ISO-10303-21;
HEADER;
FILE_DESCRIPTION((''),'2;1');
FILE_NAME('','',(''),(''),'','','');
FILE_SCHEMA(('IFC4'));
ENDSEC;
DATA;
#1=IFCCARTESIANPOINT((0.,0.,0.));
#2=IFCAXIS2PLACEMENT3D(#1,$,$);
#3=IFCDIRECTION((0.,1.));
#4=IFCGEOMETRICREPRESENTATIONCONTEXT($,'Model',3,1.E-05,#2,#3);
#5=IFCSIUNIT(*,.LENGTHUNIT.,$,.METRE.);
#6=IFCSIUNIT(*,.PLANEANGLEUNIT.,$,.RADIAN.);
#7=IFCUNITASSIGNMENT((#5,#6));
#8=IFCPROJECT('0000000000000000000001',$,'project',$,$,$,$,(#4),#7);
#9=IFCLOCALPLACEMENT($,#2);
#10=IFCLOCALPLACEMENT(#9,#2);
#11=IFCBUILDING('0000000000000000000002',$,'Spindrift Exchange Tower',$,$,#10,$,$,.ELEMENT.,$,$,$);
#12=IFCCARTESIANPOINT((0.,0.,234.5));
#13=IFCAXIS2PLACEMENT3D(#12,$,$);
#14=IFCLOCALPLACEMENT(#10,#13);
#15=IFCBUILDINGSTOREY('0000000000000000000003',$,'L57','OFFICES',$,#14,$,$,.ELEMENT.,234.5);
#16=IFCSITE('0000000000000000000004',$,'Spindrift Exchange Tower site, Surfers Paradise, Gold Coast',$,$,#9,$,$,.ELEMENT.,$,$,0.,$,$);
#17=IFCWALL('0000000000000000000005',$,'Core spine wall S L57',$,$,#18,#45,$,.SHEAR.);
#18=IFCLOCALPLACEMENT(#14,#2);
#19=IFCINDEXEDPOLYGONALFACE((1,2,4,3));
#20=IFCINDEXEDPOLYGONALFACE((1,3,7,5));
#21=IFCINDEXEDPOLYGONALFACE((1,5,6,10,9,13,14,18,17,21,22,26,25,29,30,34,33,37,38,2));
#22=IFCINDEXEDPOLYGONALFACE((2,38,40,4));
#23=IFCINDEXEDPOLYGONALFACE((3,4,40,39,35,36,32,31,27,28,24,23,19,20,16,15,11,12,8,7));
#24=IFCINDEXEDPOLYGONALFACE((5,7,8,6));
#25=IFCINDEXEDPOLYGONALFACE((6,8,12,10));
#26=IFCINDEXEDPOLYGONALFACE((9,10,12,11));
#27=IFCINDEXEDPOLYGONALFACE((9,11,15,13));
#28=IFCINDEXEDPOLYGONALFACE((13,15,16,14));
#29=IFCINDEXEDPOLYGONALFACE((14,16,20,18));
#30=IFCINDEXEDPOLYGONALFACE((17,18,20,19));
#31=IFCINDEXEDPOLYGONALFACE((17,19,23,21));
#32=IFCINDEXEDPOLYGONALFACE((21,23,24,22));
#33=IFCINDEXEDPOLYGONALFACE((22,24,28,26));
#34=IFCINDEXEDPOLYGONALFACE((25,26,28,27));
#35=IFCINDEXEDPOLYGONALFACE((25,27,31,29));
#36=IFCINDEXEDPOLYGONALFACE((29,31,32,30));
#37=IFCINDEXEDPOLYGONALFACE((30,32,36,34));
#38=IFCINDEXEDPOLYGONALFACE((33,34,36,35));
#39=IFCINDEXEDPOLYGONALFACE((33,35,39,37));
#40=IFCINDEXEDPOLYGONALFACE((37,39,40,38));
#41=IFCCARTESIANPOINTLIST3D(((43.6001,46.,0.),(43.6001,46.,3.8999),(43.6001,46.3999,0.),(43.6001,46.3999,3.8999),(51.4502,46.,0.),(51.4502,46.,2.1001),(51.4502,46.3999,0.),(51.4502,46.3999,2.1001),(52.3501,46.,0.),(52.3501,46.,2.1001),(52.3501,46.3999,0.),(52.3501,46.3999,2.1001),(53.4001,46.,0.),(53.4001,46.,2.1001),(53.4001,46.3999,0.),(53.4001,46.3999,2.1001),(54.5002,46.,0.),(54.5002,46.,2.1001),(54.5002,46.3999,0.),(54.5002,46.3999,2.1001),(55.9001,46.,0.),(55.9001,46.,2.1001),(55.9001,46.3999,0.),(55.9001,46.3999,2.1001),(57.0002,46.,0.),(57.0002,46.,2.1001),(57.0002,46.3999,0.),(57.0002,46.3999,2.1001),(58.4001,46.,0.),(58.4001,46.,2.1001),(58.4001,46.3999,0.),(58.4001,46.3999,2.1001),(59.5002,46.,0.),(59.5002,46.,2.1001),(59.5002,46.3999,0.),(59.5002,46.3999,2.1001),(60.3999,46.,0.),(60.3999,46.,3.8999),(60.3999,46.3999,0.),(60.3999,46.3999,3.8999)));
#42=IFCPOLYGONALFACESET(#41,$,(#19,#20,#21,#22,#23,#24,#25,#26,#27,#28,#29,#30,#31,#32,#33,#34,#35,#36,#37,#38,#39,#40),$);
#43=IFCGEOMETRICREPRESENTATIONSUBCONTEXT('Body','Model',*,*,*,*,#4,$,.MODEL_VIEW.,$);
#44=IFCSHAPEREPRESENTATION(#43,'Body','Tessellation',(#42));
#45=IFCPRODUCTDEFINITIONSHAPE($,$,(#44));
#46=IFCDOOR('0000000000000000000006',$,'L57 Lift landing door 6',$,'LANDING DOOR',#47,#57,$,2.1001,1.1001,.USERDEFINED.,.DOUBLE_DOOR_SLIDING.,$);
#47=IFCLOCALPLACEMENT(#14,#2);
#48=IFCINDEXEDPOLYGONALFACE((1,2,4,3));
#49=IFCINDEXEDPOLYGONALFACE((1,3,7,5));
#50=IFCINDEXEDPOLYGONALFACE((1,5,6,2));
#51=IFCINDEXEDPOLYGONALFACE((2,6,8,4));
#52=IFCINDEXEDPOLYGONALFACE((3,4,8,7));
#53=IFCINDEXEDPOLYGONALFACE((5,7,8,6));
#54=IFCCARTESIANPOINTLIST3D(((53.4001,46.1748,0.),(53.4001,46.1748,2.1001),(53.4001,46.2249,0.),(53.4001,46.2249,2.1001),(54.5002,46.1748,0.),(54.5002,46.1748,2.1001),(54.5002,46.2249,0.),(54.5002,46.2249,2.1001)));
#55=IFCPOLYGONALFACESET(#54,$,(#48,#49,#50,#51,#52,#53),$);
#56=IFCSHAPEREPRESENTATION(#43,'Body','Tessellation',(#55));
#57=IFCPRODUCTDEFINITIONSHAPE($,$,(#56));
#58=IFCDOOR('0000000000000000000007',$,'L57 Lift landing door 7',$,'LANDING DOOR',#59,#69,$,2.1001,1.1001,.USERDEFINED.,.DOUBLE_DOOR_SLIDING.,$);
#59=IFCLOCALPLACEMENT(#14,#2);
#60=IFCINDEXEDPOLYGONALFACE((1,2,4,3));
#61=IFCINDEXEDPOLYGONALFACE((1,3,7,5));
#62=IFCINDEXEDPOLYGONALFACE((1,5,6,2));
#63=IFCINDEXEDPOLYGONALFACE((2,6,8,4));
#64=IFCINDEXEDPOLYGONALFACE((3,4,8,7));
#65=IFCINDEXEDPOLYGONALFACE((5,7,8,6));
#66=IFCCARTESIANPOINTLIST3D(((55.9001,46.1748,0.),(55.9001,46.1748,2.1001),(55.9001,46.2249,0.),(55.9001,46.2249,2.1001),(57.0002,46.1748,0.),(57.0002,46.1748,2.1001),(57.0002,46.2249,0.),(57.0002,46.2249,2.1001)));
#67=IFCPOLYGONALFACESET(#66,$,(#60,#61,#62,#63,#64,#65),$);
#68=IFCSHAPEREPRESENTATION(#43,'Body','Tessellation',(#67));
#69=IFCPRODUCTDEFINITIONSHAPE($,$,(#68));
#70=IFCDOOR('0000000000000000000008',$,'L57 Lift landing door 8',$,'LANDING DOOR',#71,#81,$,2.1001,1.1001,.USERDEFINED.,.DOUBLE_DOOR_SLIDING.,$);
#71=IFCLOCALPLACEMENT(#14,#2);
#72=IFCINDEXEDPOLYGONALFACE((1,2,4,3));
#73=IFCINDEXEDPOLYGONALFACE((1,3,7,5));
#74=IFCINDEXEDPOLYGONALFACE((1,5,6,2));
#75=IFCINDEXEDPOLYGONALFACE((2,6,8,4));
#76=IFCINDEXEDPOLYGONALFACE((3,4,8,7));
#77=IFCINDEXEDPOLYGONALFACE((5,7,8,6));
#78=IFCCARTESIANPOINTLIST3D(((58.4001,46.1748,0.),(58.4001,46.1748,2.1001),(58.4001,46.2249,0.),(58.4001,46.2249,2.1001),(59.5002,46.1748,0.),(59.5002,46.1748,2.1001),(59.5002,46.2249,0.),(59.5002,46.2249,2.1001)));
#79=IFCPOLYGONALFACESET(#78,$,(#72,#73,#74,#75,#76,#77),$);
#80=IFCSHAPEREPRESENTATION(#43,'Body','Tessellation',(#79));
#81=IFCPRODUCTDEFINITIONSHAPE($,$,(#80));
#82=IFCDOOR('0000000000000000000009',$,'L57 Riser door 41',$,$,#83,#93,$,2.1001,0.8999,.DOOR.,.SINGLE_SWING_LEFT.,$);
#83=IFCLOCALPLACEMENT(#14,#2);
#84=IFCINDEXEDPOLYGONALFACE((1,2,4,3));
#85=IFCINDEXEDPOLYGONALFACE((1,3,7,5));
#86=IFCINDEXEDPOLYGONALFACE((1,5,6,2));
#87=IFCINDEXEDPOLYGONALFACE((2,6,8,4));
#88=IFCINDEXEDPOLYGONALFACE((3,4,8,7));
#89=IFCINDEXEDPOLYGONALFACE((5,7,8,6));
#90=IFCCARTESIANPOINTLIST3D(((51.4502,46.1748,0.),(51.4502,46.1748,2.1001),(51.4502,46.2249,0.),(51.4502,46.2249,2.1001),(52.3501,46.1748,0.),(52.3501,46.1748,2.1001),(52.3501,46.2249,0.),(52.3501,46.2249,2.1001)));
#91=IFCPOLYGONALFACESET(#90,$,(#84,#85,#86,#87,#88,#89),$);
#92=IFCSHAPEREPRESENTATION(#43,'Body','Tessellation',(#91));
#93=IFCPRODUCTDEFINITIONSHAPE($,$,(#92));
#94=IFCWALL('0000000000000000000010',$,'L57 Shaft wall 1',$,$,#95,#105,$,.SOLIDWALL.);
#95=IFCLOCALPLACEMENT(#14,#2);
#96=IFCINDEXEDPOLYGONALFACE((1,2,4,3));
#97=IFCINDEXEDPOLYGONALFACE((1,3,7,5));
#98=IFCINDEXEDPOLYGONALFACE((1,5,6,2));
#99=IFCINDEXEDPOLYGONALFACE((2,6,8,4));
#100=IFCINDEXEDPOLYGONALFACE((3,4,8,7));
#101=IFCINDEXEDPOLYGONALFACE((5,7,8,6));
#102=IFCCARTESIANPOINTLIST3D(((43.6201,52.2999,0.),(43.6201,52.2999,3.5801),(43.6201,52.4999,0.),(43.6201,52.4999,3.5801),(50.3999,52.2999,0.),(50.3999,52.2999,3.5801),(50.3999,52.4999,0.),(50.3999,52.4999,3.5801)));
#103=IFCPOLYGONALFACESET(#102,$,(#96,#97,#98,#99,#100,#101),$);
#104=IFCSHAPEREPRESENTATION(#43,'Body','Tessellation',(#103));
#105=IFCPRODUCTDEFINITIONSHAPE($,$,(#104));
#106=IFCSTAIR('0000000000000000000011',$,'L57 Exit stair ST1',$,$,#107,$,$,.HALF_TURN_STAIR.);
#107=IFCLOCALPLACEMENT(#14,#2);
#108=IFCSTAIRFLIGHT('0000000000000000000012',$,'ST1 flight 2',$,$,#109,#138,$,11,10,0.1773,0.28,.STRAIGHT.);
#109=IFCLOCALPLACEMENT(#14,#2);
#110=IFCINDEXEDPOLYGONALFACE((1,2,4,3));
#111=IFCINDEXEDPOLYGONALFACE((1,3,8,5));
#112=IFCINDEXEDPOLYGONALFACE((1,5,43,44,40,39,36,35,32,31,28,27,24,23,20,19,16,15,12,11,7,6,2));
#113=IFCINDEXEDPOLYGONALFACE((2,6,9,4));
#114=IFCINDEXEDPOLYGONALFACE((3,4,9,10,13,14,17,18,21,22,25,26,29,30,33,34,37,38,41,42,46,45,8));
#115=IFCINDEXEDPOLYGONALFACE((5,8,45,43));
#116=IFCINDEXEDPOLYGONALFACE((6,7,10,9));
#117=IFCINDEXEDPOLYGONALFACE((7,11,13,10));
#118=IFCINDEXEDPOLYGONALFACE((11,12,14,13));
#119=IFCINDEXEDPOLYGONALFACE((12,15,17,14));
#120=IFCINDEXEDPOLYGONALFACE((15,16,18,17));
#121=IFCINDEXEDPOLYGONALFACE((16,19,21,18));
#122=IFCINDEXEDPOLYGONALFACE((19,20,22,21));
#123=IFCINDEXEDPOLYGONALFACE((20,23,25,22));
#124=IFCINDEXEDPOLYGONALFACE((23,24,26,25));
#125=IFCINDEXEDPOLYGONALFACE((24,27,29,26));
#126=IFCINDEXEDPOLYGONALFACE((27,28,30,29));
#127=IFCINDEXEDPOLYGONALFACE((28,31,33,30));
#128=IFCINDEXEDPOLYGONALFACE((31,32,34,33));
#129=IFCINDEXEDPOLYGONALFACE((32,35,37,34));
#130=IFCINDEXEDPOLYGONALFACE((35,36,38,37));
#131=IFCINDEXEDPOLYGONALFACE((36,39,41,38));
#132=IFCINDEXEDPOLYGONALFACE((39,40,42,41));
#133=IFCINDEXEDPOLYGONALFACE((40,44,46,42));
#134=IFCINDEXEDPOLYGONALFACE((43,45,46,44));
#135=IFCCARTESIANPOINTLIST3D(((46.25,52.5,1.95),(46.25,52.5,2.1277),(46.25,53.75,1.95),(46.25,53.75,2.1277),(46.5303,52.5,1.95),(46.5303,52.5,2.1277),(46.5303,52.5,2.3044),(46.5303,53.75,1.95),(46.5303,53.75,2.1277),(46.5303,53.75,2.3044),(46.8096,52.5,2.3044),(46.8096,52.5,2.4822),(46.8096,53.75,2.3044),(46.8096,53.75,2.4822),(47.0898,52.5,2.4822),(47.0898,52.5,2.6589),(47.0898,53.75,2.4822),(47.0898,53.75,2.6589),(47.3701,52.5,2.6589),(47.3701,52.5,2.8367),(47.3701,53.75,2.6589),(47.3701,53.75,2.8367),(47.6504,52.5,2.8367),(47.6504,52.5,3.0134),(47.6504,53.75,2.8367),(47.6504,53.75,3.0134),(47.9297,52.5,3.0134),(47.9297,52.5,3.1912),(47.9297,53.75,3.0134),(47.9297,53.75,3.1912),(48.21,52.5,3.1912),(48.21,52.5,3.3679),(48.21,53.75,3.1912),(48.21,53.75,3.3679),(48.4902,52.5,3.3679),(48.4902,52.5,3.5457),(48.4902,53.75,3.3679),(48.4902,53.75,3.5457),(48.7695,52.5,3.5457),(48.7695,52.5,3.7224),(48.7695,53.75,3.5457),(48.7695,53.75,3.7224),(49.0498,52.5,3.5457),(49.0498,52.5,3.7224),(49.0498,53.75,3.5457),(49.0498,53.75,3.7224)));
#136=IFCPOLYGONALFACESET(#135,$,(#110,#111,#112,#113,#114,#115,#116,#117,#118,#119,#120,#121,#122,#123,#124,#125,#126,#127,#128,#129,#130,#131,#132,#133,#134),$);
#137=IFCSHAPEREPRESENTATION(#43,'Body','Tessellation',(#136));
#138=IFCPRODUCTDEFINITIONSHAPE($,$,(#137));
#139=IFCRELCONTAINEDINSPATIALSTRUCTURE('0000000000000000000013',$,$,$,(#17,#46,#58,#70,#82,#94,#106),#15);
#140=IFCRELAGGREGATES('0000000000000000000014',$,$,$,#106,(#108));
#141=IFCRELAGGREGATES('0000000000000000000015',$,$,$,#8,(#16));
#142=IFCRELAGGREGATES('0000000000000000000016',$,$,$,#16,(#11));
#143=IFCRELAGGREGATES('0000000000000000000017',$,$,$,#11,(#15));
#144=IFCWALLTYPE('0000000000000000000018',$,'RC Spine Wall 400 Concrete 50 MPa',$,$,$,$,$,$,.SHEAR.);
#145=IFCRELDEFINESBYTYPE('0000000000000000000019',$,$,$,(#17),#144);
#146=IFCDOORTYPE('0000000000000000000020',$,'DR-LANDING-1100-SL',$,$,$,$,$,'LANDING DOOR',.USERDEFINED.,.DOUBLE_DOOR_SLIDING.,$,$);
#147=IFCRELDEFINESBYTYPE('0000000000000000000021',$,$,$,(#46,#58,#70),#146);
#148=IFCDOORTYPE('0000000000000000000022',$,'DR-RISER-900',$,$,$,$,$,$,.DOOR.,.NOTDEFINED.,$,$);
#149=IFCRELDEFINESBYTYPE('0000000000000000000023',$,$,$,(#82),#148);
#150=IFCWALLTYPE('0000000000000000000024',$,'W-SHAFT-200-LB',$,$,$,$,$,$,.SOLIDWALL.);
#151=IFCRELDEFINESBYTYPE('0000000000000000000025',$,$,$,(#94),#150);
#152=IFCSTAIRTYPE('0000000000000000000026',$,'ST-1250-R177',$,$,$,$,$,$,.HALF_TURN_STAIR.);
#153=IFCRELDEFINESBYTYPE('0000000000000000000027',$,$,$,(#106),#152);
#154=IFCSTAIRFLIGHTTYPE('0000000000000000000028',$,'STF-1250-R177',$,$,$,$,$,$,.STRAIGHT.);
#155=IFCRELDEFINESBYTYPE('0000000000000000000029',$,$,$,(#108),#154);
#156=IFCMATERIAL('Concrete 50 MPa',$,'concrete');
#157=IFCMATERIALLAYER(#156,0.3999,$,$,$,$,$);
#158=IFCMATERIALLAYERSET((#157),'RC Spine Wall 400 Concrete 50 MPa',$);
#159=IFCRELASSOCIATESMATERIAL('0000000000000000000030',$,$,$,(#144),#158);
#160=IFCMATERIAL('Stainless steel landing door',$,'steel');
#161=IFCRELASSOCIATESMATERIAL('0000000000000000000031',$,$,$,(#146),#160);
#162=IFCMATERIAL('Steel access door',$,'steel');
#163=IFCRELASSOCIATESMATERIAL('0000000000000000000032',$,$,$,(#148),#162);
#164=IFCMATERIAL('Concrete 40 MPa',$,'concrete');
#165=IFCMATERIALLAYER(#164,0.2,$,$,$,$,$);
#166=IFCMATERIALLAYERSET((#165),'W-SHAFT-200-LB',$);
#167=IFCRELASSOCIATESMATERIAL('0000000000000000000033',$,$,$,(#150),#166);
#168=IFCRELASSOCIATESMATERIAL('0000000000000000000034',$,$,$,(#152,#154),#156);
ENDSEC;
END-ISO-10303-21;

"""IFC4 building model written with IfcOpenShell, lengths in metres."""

from ifc_helpers import new_model, si_unit, direction, frame, frame_2d, origin, place, context, subcontext, project, spatial, line, indexed_curve, rectangle, outline, extrude, source, transform, mapped, material, layer, layer_set, type_object, element, fill, aggregate, save


model = new_model("IFC4")

# Units and contexts
model_context = context("Model", 3, precision=1e-05, world=origin(), true_north=direction((0.0, 1.0)))
body_context = subcontext(model_context, "Body", "Model", "MODEL_VIEW")
ifc_project = project(units=[si_unit("LENGTHUNIT", "METRE"), si_unit("PLANEANGLEUNIT", "RADIAN")], contexts=[model_context])

# Site, building, storey
site_placement = place(None, origin())
site = spatial("IfcSite", under=ifc_project, at=site_placement, Name="Spindrift Exchange Tower site, Surfers Paradise, Gold Coast", CompositionType="ELEMENT", RefElevation=0.0)
building_placement = place(site_placement, origin())
building = spatial("IfcBuilding", under=site, at=building_placement, Name="Spindrift Exchange Tower", CompositionType="ELEMENT")
storey_placement = place(building_placement, frame((0.0, 0.0, 234.5)))
storey = spatial("IfcBuildingStorey", under=building, at=storey_placement, Name="L57", Description="OFFICES", CompositionType="ELEMENT", Elevation=234.5)

# Wall, openings, doors
ifc_material_1 = material(Name="Concrete 50 MPa", Category="concrete")
ifc_layer_1 = layer(ifc_material_1, 0.3999)
ifc_layer_set_1 = layer_set([ifc_layer_1], Name="RC Spine Wall 400 Concrete 50 MPa")
wall_type_1 = type_object("IfcWallType", Name="RC Spine Wall 400 Concrete 50 MPa", PredefinedType="SHEAR", material=ifc_layer_set_1)
ifc_material_2 = material(Name="Stainless steel landing door", Category="steel")
door_type_1 = type_object("IfcDoorType", Name="DR-LANDING-1100-SL", ElementType="LANDING DOOR", OperationType="DOUBLE_DOOR_SLIDING", PredefinedType="USERDEFINED", material=ifc_material_2)
shared_shape_1 = source(origin(), body_context, "Body", "SweptSolid", [
    extrude(rectangle(XDim=1.1001, YDim=2.1001, at=frame_2d((0.55, 1.05))), frame((0.0, 0.0249, 0.0), z_axis=(0.0, -1.0, 0.0), x_axis=(1.0, 0.0, 0.0)), (0.0, 0.0, 1.0), 0.05),
])
ifc_material_3 = material(Name="Steel access door", Category="steel")
door_type_2 = type_object("IfcDoorType", Name="DR-RISER-900", OperationType="NOTDEFINED", PredefinedType="DOOR", material=ifc_material_3)
shared_shape_2 = source(origin(), body_context, "Body", "SweptSolid", [
    extrude(rectangle(XDim=0.8999, YDim=2.1001, at=frame_2d((0.45, 1.05))), frame((0.0, 0.0249, 0.0), z_axis=(0.0, -1.0, 0.0), x_axis=(1.0, 0.0, 0.0)), (0.0, 0.0, 1.0), 0.05),
])
wall_1_placement = place(storey_placement, frame((43.6001, 46.2, 0.0), z_axis=(0.0, 0.0, 1.0), x_axis=(1.0, 0.0, 0.0)))
wall_1 = element("IfcWall", 1, at=wall_1_placement, inside=storey, type_object=wall_type_1, Name="Core spine wall S L57", PredefinedType="SHEAR", context=body_context, shape_type="SweptSolid", body=[
    extrude(rectangle(XDim=16.7998, YDim=0.3999, at=frame_2d((8.3999, 0.0))), origin(), (0.0, 0.0, 1.0), 3.8999),
])
opening_1_placement = place(wall_1_placement, frame((9.8, 0.0, 0.0)))
opening_1 = element("IfcOpeningElement", 2, at=opening_1_placement, cuts=wall_1, PredefinedType="OPENING", context=body_context, shape_type="SweptSolid", body=[
    extrude(rectangle(XDim=1.1001, YDim=2.1001, at=frame_2d((0.55, 1.05))), frame((0.0, 0.21, 0.0), z_axis=(0.0, -1.0, 0.0), x_axis=(1.0, 0.0, 0.0)), (0.0, 0.0, 1.0), 0.4199),
])
opening_2_placement = place(wall_1_placement, frame((12.3, 0.0, 0.0)))
opening_2 = element("IfcOpeningElement", 3, at=opening_2_placement, cuts=wall_1, PredefinedType="OPENING", context=body_context, shape_type="SweptSolid", body=[
    extrude(rectangle(XDim=1.1001, YDim=2.1001, at=frame_2d((0.55, 1.05))), frame((0.0, 0.21, 0.0), z_axis=(0.0, -1.0, 0.0), x_axis=(1.0, 0.0, 0.0)), (0.0, 0.0, 1.0), 0.4199),
])
opening_3_placement = place(wall_1_placement, frame((14.8, 0.0, 0.0)))
opening_3 = element("IfcOpeningElement", 4, at=opening_3_placement, cuts=wall_1, PredefinedType="OPENING", context=body_context, shape_type="SweptSolid", body=[
    extrude(rectangle(XDim=1.1001, YDim=2.1001, at=frame_2d((0.55, 1.05))), frame((0.0, 0.21, 0.0), z_axis=(0.0, -1.0, 0.0), x_axis=(1.0, 0.0, 0.0)), (0.0, 0.0, 1.0), 0.4199),
])
opening_4_placement = place(wall_1_placement, frame((7.8501, 0.0, 0.0)))
opening_4 = element("IfcOpeningElement", 5, at=opening_4_placement, cuts=wall_1, PredefinedType="OPENING", context=body_context, shape_type="SweptSolid", body=[
    extrude(rectangle(XDim=0.8999, YDim=2.1001, at=frame_2d((0.45, 1.05))), frame((0.0, 0.21, 0.0), z_axis=(0.0, -1.0, 0.0), x_axis=(1.0, 0.0, 0.0)), (0.0, 0.0, 1.0), 0.4199),
])
door_1_placement = place(opening_1_placement, origin())
door_1 = element("IfcDoor", 6, at=door_1_placement, inside=storey, type_object=door_type_1, Name="L57 Lift landing door 6", ObjectType="LANDING DOOR", OperationType="DOUBLE_DOOR_SLIDING", OverallHeight=2.1001, OverallWidth=1.1001, PredefinedType="USERDEFINED", context=body_context, shape_type="MappedRepresentation", body=[
    mapped(shared_shape_1, transform((0.0, 0.0, 0.0), scale=1.0)),
])
fill(opening_1, door_1)
door_2_placement = place(opening_2_placement, origin())
door_2 = element("IfcDoor", 7, at=door_2_placement, inside=storey, type_object=door_type_1, Name="L57 Lift landing door 7", ObjectType="LANDING DOOR", OperationType="DOUBLE_DOOR_SLIDING", OverallHeight=2.1001, OverallWidth=1.1001, PredefinedType="USERDEFINED", context=body_context, shape_type="MappedRepresentation", body=[
    mapped(shared_shape_1, transform((0.0, 0.0, 0.0), scale=1.0)),
])
fill(opening_2, door_2)
door_3_placement = place(opening_3_placement, origin())
door_3 = element("IfcDoor", 8, at=door_3_placement, inside=storey, type_object=door_type_1, Name="L57 Lift landing door 8", ObjectType="LANDING DOOR", OperationType="DOUBLE_DOOR_SLIDING", OverallHeight=2.1001, OverallWidth=1.1001, PredefinedType="USERDEFINED", context=body_context, shape_type="MappedRepresentation", body=[
    mapped(shared_shape_1, transform((0.0, 0.0, 0.0), scale=1.0)),
])
fill(opening_3, door_3)
door_4_placement = place(opening_4_placement, origin())
door_4 = element("IfcDoor", 9, at=door_4_placement, inside=storey, type_object=door_type_2, Name="L57 Riser door 41", OperationType="SINGLE_SWING_LEFT", OverallHeight=2.1001, OverallWidth=0.8999, PredefinedType="DOOR", context=body_context, shape_type="MappedRepresentation", body=[
    mapped(shared_shape_2, transform((0.0, 0.0, 0.0), scale=1.0)),
])
fill(opening_4, door_4)

# Wall
ifc_material_4 = material(Name="Concrete 40 MPa", Category="concrete")
ifc_layer_2 = layer(ifc_material_4, 0.2)
ifc_layer_set_2 = layer_set([ifc_layer_2], Name="W-SHAFT-200-LB")
wall_type_2 = type_object("IfcWallType", Name="W-SHAFT-200-LB", PredefinedType="SOLIDWALL", material=ifc_layer_set_2)
wall_2_placement = place(storey_placement, frame((43.6201, 52.3999, 0.0), z_axis=(0.0, 0.0, 1.0), x_axis=(1.0, 0.0, 0.0)))
element("IfcWall", 10, at=wall_2_placement, inside=storey, type_object=wall_type_2, Name="L57 Shaft wall 1", PredefinedType="SOLIDWALL", context=body_context, shape_type="SweptSolid", body=[
    extrude(rectangle(XDim=6.7798, YDim=0.2, at=frame_2d((3.3899, 0.0))), origin(), (0.0, 0.0, 1.0), 3.5801),
])

# Stair, stair flight
stair_type = type_object("IfcStairType", Name="ST-1250-R177", PredefinedType="HALF_TURN_STAIR", material=ifc_material_1)
stair_placement = place(storey_placement, origin())
stair = element("IfcStair", 11, at=stair_placement, inside=storey, type_object=stair_type, Name="L57 Exit stair ST1", PredefinedType="HALF_TURN_STAIR")
stair_flight_type = type_object("IfcStairFlightType", Name="STF-1250-R177", PredefinedType="STRAIGHT", material=ifc_material_1)
stair_flight_placement = place(storey_placement, frame((46.25, 53.125, 1.95), z_axis=(0.0, 0.0, 1.0), x_axis=(1.0, 0.0, 0.0)))
stair_flight = element("IfcStairFlight", 12, at=stair_flight_placement, type_object=stair_flight_type, Name="ST1 flight 2", NumberOfRisers=11, NumberOfTreads=10, PredefinedType="STRAIGHT", RiserHeight=0.1773, TreadLength=0.28, context=body_context, shape_type="SweptSolid", body=[
    extrude(outline(indexed_curve([(0.0, 0.0), (0.0, 0.1777), (0.2803, 0.1777), (0.2803, 0.3545), (0.5596, 0.3545), (0.5596, 0.5322), (0.8398, 0.5322), (0.8398, 0.709), (1.1201, 0.709), (1.1201, 0.8867), (1.4004, 0.8867), (1.4004, 1.0635), (1.6797, 1.0635), (1.6797, 1.2412), (1.96, 1.2412), (1.96, 1.418), (2.2402, 1.418), (2.2402, 1.5957), (2.5195, 1.5957), (2.5195, 1.7725), (2.7998, 1.7725), (2.7998, 1.9502), (2.7998, 1.5957), (0.2803, 0.0)], segments=[line(1, 2, 3, 4, 5, 6, 7, 8, 9, 10, 11, 12, 13, 14, 15, 16, 17, 18, 19, 20, 21, 22, 23, 24, 1)], self_intersect=False)), frame((0.0, 0.625, 0.0), z_axis=(0.0, -1.0, 0.0), x_axis=(1.0, 0.0, 0.0)), (0.0, 0.0, 1.0), 1.25),
])
aggregate(stair, [stair_flight])

save(model, "model.ifc")
